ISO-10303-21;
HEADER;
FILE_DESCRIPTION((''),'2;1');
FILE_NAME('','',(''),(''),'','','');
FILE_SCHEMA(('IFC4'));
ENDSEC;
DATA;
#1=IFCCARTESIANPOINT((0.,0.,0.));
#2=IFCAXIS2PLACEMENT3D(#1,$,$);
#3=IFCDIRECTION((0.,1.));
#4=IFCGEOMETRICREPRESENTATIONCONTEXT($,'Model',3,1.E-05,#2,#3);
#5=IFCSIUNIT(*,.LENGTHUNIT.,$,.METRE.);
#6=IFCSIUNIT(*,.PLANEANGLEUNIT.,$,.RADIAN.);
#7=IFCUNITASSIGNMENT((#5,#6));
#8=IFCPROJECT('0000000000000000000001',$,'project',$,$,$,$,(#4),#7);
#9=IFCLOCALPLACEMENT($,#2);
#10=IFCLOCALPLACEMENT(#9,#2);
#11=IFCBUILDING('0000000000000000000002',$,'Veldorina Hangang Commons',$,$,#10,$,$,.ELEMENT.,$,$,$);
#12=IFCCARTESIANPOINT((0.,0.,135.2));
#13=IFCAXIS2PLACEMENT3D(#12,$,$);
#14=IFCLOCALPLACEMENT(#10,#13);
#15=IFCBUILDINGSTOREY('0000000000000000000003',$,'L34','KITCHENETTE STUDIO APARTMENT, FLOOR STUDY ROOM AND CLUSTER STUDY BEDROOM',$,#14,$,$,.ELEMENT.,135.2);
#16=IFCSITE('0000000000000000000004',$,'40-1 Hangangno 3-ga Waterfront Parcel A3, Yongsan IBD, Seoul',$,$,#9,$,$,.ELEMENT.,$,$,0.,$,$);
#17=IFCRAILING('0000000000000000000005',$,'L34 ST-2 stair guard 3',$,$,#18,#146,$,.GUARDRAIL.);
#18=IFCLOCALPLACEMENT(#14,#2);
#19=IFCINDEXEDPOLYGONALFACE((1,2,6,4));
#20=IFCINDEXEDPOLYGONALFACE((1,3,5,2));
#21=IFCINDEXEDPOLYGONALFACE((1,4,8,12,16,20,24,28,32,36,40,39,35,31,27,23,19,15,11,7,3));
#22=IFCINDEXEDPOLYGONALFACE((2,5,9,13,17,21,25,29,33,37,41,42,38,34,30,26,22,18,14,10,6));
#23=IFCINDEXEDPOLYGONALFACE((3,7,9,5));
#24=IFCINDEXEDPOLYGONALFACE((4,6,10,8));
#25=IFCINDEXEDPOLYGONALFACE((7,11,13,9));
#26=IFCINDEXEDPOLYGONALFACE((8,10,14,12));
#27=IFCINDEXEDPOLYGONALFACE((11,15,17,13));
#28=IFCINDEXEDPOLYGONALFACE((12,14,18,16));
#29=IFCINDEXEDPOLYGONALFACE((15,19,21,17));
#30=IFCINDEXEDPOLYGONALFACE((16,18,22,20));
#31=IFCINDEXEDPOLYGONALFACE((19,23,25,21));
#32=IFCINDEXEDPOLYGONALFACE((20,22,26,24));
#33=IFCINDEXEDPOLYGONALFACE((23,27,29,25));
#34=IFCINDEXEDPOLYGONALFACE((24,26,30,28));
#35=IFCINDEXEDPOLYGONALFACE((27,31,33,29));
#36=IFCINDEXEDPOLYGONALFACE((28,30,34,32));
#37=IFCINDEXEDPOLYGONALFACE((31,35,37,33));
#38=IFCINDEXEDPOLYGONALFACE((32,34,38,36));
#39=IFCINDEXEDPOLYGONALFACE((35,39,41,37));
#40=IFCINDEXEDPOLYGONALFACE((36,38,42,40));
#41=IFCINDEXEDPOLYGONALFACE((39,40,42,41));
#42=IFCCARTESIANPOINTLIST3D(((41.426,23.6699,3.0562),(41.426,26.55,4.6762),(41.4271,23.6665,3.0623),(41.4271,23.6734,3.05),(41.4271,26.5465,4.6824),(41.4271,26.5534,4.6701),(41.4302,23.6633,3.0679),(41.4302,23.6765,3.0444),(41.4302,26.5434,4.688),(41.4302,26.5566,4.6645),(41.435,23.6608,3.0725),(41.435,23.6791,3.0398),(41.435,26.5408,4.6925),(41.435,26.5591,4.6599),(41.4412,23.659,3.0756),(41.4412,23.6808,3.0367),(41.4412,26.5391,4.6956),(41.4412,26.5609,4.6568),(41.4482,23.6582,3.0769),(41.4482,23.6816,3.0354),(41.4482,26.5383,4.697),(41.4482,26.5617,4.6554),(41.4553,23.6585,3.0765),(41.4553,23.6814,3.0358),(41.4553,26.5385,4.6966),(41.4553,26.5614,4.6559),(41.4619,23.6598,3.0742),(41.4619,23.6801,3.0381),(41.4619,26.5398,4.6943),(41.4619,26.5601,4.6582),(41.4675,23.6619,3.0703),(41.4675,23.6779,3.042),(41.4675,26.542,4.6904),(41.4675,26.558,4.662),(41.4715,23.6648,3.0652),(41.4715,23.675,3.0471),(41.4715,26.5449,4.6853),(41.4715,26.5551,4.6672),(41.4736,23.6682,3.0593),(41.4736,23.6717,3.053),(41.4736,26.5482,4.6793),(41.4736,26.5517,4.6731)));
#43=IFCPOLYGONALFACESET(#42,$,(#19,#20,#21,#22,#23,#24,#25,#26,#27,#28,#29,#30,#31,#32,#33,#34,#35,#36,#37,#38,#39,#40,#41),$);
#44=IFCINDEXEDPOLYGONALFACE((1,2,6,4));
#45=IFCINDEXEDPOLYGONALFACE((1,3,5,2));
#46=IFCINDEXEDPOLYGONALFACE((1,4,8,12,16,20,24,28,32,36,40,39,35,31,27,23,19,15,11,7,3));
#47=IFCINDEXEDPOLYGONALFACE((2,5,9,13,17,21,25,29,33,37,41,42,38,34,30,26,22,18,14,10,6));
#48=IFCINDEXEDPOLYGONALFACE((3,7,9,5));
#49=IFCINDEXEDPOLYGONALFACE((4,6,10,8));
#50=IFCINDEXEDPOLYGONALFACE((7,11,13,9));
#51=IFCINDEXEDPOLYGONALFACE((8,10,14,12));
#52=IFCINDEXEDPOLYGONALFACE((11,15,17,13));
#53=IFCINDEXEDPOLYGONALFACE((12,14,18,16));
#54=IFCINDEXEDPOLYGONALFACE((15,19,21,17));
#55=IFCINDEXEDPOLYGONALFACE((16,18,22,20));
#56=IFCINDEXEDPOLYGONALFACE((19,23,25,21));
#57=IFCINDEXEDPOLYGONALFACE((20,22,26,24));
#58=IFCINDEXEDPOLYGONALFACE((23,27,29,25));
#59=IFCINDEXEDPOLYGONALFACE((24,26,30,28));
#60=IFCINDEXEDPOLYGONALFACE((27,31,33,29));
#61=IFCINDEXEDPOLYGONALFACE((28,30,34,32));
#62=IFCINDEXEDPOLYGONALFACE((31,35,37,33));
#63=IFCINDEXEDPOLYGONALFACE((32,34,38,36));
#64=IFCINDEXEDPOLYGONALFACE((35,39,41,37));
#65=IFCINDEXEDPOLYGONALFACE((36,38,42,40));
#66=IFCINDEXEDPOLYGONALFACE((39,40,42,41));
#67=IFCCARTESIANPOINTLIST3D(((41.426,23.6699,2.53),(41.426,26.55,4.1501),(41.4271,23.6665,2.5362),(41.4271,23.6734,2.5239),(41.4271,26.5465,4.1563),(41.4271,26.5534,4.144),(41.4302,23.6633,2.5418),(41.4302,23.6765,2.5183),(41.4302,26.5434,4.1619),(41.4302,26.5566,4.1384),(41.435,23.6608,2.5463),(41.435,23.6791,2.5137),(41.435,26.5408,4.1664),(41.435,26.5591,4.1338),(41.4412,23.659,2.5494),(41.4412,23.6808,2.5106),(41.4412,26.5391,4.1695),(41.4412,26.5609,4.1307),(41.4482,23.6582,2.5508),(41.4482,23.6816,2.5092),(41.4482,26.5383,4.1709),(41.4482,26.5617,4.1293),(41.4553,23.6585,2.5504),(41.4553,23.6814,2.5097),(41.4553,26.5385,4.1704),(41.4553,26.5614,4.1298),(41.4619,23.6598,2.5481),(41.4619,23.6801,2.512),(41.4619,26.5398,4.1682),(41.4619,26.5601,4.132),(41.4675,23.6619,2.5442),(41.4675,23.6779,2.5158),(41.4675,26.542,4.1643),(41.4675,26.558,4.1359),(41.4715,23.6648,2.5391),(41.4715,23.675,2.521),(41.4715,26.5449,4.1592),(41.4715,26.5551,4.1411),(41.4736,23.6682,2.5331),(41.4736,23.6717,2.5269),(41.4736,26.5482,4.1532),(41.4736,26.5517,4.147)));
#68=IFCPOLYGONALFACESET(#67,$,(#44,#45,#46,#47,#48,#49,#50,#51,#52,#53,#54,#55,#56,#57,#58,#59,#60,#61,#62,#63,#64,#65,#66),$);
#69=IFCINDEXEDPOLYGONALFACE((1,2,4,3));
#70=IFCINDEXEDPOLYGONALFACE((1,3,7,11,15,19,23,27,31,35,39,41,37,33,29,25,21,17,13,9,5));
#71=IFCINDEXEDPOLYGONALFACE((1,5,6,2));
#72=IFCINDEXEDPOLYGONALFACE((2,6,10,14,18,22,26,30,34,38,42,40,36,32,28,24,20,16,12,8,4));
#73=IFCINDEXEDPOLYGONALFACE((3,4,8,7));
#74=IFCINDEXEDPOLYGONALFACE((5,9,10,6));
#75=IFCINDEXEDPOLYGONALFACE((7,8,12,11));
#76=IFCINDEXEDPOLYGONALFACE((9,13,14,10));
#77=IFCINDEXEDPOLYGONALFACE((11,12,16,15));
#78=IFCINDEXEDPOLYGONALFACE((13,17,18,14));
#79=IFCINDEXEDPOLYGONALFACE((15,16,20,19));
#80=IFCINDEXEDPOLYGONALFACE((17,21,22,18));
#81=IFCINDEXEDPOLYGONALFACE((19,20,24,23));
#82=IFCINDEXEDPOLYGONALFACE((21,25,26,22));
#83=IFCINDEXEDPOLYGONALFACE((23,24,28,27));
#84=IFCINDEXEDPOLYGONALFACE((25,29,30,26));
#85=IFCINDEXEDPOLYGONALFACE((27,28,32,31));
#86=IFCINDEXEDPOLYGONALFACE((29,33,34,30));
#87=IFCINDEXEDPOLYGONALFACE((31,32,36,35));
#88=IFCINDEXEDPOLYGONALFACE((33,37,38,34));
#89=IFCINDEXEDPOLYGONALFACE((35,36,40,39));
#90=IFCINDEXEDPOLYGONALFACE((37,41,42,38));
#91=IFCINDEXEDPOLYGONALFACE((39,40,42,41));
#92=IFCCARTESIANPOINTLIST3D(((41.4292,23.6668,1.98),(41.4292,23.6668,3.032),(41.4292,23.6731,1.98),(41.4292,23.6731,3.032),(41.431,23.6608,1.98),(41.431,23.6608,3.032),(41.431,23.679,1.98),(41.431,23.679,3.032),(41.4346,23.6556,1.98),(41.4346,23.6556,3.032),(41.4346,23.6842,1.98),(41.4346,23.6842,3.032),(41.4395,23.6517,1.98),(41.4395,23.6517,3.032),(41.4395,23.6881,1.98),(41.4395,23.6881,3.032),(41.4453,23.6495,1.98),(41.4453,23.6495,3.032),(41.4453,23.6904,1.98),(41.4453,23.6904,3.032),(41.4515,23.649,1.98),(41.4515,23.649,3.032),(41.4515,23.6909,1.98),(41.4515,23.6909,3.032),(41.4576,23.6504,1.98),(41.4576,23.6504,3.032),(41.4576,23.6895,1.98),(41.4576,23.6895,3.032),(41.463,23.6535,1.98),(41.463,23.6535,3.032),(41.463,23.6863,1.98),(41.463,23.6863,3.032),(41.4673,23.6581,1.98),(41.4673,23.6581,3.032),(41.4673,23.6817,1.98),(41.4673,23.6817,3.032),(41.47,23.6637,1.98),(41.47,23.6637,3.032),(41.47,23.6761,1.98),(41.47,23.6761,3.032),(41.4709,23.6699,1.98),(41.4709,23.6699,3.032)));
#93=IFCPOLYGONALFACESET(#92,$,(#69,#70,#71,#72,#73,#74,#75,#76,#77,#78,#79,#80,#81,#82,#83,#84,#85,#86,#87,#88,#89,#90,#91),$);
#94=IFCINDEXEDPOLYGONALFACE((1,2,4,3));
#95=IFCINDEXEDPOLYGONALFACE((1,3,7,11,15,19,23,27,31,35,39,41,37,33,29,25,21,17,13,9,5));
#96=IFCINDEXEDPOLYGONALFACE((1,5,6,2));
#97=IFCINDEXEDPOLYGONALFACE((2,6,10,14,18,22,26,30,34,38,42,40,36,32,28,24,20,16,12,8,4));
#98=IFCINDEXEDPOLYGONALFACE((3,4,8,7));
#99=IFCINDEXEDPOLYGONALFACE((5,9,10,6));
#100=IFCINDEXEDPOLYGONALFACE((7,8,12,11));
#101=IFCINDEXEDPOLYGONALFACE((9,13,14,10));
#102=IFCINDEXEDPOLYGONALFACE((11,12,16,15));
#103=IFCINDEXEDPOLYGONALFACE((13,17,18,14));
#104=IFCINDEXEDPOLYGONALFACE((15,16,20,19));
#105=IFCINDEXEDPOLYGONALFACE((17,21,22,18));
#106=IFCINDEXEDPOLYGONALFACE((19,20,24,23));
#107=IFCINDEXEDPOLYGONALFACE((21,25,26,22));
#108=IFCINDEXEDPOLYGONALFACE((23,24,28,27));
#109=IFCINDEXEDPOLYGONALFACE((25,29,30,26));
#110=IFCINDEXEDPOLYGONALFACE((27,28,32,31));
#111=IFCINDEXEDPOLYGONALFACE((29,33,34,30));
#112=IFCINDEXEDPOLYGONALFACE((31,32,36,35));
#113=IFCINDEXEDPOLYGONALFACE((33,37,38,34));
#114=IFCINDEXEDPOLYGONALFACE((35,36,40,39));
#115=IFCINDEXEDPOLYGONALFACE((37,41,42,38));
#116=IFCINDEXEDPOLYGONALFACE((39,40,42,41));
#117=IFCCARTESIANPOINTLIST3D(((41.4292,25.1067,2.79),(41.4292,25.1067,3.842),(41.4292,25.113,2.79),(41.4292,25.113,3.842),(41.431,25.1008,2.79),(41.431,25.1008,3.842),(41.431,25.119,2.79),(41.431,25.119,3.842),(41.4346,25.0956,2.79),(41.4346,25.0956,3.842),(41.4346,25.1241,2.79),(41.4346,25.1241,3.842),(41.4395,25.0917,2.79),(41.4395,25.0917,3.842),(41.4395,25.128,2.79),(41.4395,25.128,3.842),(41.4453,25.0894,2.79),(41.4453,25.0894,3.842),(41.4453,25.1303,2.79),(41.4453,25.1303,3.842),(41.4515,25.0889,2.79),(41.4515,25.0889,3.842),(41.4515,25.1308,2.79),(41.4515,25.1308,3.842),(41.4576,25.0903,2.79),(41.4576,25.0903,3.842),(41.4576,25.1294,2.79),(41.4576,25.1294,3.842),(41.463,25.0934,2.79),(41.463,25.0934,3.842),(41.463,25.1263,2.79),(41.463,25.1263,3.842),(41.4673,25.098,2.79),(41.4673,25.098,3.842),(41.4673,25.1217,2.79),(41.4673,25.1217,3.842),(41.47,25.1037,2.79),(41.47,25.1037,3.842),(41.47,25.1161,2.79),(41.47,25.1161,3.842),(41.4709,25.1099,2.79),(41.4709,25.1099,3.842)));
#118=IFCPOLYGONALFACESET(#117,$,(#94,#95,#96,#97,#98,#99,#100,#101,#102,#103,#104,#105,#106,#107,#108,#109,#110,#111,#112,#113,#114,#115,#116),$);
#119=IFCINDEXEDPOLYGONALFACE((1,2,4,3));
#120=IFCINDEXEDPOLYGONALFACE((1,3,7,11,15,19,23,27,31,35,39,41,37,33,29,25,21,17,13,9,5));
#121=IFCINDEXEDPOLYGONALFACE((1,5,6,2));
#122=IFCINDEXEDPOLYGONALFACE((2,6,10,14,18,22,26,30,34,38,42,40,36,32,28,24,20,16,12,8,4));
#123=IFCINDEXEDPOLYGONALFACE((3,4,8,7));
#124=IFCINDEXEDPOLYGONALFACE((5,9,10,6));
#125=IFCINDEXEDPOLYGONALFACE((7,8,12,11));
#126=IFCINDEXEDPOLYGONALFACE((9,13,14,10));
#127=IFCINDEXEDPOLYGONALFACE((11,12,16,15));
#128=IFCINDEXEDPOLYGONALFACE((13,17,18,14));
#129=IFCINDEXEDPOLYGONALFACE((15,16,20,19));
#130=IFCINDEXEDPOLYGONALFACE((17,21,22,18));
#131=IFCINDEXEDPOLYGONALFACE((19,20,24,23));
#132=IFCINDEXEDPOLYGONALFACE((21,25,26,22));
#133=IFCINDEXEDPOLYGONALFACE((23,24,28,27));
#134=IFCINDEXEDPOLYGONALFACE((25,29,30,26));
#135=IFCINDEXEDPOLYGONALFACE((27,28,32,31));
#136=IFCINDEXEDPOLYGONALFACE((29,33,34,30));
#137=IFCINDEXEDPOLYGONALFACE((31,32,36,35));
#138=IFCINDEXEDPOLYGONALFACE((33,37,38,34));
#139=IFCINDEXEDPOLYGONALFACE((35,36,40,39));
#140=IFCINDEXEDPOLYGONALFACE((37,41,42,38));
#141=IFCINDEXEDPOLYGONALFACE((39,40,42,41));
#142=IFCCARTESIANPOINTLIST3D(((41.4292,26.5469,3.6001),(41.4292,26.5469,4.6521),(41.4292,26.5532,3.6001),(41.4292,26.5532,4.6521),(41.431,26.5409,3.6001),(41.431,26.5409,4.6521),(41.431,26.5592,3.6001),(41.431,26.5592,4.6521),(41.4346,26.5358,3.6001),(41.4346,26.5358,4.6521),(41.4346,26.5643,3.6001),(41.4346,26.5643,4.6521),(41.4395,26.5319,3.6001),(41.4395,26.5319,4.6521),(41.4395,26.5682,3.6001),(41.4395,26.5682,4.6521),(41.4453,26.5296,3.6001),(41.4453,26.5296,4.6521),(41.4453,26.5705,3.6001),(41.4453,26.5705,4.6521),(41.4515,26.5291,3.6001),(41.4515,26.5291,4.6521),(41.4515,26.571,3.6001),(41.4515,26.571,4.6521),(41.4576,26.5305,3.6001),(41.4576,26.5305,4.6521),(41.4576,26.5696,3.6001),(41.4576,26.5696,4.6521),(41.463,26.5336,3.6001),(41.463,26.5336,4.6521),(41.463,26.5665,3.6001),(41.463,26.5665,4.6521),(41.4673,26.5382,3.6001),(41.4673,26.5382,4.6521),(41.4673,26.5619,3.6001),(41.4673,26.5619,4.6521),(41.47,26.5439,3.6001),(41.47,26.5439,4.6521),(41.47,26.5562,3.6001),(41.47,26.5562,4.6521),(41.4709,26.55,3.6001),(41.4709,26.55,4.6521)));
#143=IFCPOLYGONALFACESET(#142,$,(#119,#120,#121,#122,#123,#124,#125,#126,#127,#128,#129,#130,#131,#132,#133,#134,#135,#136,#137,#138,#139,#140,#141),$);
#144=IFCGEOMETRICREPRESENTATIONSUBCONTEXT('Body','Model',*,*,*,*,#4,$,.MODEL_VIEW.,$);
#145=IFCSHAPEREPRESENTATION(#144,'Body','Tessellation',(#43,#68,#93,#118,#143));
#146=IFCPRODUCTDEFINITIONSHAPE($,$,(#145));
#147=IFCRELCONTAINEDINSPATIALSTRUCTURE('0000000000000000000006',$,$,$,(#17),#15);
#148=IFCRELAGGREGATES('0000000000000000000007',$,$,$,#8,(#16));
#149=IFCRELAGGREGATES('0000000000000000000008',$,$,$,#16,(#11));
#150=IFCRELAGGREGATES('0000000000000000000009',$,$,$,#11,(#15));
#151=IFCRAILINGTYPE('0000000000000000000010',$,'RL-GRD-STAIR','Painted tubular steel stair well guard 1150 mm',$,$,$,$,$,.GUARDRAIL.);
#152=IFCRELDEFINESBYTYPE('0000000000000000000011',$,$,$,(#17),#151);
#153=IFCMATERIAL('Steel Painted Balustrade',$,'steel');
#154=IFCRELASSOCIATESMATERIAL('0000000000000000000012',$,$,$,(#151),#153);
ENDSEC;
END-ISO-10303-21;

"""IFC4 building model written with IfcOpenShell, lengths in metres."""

from ifc_helpers import new_model, si_unit, direction, frame, origin, origin_2d, place, context, subcontext, project, spatial, circle, extrude, material, type_object, element, save


model = new_model("IFC4")

# Units and contexts
model_context = context("Model", 3, precision=1e-05, world=origin(), true_north=direction((0.0, 1.0)))
body_context = subcontext(model_context, "Body", "Model", "MODEL_VIEW")
ifc_project = project(units=[si_unit("LENGTHUNIT", "METRE"), si_unit("PLANEANGLEUNIT", "RADIAN")], contexts=[model_context])

# Site, building, storey
site_placement = place(None, origin())
site = spatial("IfcSite", under=ifc_project, at=site_placement, Name="40-1 Hangangno 3-ga Waterfront Parcel A3, Yongsan IBD, Seoul", CompositionType="ELEMENT", RefElevation=0.0)
building_placement = place(site_placement, origin())
building = spatial("IfcBuilding", under=site, at=building_placement, Name="Veldorina Hangang Commons", CompositionType="ELEMENT")
storey_placement = place(building_placement, frame((0.0, 0.0, 135.2)))
storey = spatial("IfcBuildingStorey", under=building, at=storey_placement, Name="L34", Description="KITCHENETTE STUDIO APARTMENT, FLOOR STUDY ROOM AND CLUSTER STUDY BEDROOM", CompositionType="ELEMENT", Elevation=135.2)

# Railing
ifc_material_1 = material(Name="Steel Painted Balustrade", Category="steel")
railing_type_1 = type_object("IfcRailingType", Name="RL-GRD-STAIR", Description="Painted tubular steel stair well guard 1150 mm", PredefinedType="GUARDRAIL", material=ifc_material_1)
railing_1_placement = place(storey_placement, frame((41.45, 23.6699, 1.98)))
element("IfcRailing", 1, at=railing_1_placement, inside=storey, type_object=railing_type_1, Name="L34 ST-2 stair guard 3", PredefinedType="GUARDRAIL", context=body_context, shape_type="SweptSolid", body=[
    extrude(circle(Radius=0.0239, at=origin_2d()), frame((0.0, 0.0, 1.0762), z_axis=(0.0, 0.87157, 0.490272), x_axis=(-1.0, 0.0, 0.0)), (0.0, 0.0, 1.0), 3.3044),
    extrude(circle(Radius=0.0239, at=origin_2d()), frame((0.0, 0.0, 0.55), z_axis=(0.0, 0.87157, 0.490272), x_axis=(-1.0, 0.0, 0.0)), (0.0, 0.0, 1.0), 3.3044),
    extrude(circle(Radius=0.021, at=origin_2d()), origin(), (0.0, 0.0, 1.0), 1.052),
    extrude(circle(Radius=0.021, at=origin_2d()), frame((0.0, 1.4399, 0.8101)), (0.0, 0.0, 1.0), 1.052),
    extrude(circle(Radius=0.021, at=origin_2d()), frame((0.0, 2.8801, 1.6201)), (0.0, 0.0, 1.0), 1.052),
])

save(model, "model.ifc")
